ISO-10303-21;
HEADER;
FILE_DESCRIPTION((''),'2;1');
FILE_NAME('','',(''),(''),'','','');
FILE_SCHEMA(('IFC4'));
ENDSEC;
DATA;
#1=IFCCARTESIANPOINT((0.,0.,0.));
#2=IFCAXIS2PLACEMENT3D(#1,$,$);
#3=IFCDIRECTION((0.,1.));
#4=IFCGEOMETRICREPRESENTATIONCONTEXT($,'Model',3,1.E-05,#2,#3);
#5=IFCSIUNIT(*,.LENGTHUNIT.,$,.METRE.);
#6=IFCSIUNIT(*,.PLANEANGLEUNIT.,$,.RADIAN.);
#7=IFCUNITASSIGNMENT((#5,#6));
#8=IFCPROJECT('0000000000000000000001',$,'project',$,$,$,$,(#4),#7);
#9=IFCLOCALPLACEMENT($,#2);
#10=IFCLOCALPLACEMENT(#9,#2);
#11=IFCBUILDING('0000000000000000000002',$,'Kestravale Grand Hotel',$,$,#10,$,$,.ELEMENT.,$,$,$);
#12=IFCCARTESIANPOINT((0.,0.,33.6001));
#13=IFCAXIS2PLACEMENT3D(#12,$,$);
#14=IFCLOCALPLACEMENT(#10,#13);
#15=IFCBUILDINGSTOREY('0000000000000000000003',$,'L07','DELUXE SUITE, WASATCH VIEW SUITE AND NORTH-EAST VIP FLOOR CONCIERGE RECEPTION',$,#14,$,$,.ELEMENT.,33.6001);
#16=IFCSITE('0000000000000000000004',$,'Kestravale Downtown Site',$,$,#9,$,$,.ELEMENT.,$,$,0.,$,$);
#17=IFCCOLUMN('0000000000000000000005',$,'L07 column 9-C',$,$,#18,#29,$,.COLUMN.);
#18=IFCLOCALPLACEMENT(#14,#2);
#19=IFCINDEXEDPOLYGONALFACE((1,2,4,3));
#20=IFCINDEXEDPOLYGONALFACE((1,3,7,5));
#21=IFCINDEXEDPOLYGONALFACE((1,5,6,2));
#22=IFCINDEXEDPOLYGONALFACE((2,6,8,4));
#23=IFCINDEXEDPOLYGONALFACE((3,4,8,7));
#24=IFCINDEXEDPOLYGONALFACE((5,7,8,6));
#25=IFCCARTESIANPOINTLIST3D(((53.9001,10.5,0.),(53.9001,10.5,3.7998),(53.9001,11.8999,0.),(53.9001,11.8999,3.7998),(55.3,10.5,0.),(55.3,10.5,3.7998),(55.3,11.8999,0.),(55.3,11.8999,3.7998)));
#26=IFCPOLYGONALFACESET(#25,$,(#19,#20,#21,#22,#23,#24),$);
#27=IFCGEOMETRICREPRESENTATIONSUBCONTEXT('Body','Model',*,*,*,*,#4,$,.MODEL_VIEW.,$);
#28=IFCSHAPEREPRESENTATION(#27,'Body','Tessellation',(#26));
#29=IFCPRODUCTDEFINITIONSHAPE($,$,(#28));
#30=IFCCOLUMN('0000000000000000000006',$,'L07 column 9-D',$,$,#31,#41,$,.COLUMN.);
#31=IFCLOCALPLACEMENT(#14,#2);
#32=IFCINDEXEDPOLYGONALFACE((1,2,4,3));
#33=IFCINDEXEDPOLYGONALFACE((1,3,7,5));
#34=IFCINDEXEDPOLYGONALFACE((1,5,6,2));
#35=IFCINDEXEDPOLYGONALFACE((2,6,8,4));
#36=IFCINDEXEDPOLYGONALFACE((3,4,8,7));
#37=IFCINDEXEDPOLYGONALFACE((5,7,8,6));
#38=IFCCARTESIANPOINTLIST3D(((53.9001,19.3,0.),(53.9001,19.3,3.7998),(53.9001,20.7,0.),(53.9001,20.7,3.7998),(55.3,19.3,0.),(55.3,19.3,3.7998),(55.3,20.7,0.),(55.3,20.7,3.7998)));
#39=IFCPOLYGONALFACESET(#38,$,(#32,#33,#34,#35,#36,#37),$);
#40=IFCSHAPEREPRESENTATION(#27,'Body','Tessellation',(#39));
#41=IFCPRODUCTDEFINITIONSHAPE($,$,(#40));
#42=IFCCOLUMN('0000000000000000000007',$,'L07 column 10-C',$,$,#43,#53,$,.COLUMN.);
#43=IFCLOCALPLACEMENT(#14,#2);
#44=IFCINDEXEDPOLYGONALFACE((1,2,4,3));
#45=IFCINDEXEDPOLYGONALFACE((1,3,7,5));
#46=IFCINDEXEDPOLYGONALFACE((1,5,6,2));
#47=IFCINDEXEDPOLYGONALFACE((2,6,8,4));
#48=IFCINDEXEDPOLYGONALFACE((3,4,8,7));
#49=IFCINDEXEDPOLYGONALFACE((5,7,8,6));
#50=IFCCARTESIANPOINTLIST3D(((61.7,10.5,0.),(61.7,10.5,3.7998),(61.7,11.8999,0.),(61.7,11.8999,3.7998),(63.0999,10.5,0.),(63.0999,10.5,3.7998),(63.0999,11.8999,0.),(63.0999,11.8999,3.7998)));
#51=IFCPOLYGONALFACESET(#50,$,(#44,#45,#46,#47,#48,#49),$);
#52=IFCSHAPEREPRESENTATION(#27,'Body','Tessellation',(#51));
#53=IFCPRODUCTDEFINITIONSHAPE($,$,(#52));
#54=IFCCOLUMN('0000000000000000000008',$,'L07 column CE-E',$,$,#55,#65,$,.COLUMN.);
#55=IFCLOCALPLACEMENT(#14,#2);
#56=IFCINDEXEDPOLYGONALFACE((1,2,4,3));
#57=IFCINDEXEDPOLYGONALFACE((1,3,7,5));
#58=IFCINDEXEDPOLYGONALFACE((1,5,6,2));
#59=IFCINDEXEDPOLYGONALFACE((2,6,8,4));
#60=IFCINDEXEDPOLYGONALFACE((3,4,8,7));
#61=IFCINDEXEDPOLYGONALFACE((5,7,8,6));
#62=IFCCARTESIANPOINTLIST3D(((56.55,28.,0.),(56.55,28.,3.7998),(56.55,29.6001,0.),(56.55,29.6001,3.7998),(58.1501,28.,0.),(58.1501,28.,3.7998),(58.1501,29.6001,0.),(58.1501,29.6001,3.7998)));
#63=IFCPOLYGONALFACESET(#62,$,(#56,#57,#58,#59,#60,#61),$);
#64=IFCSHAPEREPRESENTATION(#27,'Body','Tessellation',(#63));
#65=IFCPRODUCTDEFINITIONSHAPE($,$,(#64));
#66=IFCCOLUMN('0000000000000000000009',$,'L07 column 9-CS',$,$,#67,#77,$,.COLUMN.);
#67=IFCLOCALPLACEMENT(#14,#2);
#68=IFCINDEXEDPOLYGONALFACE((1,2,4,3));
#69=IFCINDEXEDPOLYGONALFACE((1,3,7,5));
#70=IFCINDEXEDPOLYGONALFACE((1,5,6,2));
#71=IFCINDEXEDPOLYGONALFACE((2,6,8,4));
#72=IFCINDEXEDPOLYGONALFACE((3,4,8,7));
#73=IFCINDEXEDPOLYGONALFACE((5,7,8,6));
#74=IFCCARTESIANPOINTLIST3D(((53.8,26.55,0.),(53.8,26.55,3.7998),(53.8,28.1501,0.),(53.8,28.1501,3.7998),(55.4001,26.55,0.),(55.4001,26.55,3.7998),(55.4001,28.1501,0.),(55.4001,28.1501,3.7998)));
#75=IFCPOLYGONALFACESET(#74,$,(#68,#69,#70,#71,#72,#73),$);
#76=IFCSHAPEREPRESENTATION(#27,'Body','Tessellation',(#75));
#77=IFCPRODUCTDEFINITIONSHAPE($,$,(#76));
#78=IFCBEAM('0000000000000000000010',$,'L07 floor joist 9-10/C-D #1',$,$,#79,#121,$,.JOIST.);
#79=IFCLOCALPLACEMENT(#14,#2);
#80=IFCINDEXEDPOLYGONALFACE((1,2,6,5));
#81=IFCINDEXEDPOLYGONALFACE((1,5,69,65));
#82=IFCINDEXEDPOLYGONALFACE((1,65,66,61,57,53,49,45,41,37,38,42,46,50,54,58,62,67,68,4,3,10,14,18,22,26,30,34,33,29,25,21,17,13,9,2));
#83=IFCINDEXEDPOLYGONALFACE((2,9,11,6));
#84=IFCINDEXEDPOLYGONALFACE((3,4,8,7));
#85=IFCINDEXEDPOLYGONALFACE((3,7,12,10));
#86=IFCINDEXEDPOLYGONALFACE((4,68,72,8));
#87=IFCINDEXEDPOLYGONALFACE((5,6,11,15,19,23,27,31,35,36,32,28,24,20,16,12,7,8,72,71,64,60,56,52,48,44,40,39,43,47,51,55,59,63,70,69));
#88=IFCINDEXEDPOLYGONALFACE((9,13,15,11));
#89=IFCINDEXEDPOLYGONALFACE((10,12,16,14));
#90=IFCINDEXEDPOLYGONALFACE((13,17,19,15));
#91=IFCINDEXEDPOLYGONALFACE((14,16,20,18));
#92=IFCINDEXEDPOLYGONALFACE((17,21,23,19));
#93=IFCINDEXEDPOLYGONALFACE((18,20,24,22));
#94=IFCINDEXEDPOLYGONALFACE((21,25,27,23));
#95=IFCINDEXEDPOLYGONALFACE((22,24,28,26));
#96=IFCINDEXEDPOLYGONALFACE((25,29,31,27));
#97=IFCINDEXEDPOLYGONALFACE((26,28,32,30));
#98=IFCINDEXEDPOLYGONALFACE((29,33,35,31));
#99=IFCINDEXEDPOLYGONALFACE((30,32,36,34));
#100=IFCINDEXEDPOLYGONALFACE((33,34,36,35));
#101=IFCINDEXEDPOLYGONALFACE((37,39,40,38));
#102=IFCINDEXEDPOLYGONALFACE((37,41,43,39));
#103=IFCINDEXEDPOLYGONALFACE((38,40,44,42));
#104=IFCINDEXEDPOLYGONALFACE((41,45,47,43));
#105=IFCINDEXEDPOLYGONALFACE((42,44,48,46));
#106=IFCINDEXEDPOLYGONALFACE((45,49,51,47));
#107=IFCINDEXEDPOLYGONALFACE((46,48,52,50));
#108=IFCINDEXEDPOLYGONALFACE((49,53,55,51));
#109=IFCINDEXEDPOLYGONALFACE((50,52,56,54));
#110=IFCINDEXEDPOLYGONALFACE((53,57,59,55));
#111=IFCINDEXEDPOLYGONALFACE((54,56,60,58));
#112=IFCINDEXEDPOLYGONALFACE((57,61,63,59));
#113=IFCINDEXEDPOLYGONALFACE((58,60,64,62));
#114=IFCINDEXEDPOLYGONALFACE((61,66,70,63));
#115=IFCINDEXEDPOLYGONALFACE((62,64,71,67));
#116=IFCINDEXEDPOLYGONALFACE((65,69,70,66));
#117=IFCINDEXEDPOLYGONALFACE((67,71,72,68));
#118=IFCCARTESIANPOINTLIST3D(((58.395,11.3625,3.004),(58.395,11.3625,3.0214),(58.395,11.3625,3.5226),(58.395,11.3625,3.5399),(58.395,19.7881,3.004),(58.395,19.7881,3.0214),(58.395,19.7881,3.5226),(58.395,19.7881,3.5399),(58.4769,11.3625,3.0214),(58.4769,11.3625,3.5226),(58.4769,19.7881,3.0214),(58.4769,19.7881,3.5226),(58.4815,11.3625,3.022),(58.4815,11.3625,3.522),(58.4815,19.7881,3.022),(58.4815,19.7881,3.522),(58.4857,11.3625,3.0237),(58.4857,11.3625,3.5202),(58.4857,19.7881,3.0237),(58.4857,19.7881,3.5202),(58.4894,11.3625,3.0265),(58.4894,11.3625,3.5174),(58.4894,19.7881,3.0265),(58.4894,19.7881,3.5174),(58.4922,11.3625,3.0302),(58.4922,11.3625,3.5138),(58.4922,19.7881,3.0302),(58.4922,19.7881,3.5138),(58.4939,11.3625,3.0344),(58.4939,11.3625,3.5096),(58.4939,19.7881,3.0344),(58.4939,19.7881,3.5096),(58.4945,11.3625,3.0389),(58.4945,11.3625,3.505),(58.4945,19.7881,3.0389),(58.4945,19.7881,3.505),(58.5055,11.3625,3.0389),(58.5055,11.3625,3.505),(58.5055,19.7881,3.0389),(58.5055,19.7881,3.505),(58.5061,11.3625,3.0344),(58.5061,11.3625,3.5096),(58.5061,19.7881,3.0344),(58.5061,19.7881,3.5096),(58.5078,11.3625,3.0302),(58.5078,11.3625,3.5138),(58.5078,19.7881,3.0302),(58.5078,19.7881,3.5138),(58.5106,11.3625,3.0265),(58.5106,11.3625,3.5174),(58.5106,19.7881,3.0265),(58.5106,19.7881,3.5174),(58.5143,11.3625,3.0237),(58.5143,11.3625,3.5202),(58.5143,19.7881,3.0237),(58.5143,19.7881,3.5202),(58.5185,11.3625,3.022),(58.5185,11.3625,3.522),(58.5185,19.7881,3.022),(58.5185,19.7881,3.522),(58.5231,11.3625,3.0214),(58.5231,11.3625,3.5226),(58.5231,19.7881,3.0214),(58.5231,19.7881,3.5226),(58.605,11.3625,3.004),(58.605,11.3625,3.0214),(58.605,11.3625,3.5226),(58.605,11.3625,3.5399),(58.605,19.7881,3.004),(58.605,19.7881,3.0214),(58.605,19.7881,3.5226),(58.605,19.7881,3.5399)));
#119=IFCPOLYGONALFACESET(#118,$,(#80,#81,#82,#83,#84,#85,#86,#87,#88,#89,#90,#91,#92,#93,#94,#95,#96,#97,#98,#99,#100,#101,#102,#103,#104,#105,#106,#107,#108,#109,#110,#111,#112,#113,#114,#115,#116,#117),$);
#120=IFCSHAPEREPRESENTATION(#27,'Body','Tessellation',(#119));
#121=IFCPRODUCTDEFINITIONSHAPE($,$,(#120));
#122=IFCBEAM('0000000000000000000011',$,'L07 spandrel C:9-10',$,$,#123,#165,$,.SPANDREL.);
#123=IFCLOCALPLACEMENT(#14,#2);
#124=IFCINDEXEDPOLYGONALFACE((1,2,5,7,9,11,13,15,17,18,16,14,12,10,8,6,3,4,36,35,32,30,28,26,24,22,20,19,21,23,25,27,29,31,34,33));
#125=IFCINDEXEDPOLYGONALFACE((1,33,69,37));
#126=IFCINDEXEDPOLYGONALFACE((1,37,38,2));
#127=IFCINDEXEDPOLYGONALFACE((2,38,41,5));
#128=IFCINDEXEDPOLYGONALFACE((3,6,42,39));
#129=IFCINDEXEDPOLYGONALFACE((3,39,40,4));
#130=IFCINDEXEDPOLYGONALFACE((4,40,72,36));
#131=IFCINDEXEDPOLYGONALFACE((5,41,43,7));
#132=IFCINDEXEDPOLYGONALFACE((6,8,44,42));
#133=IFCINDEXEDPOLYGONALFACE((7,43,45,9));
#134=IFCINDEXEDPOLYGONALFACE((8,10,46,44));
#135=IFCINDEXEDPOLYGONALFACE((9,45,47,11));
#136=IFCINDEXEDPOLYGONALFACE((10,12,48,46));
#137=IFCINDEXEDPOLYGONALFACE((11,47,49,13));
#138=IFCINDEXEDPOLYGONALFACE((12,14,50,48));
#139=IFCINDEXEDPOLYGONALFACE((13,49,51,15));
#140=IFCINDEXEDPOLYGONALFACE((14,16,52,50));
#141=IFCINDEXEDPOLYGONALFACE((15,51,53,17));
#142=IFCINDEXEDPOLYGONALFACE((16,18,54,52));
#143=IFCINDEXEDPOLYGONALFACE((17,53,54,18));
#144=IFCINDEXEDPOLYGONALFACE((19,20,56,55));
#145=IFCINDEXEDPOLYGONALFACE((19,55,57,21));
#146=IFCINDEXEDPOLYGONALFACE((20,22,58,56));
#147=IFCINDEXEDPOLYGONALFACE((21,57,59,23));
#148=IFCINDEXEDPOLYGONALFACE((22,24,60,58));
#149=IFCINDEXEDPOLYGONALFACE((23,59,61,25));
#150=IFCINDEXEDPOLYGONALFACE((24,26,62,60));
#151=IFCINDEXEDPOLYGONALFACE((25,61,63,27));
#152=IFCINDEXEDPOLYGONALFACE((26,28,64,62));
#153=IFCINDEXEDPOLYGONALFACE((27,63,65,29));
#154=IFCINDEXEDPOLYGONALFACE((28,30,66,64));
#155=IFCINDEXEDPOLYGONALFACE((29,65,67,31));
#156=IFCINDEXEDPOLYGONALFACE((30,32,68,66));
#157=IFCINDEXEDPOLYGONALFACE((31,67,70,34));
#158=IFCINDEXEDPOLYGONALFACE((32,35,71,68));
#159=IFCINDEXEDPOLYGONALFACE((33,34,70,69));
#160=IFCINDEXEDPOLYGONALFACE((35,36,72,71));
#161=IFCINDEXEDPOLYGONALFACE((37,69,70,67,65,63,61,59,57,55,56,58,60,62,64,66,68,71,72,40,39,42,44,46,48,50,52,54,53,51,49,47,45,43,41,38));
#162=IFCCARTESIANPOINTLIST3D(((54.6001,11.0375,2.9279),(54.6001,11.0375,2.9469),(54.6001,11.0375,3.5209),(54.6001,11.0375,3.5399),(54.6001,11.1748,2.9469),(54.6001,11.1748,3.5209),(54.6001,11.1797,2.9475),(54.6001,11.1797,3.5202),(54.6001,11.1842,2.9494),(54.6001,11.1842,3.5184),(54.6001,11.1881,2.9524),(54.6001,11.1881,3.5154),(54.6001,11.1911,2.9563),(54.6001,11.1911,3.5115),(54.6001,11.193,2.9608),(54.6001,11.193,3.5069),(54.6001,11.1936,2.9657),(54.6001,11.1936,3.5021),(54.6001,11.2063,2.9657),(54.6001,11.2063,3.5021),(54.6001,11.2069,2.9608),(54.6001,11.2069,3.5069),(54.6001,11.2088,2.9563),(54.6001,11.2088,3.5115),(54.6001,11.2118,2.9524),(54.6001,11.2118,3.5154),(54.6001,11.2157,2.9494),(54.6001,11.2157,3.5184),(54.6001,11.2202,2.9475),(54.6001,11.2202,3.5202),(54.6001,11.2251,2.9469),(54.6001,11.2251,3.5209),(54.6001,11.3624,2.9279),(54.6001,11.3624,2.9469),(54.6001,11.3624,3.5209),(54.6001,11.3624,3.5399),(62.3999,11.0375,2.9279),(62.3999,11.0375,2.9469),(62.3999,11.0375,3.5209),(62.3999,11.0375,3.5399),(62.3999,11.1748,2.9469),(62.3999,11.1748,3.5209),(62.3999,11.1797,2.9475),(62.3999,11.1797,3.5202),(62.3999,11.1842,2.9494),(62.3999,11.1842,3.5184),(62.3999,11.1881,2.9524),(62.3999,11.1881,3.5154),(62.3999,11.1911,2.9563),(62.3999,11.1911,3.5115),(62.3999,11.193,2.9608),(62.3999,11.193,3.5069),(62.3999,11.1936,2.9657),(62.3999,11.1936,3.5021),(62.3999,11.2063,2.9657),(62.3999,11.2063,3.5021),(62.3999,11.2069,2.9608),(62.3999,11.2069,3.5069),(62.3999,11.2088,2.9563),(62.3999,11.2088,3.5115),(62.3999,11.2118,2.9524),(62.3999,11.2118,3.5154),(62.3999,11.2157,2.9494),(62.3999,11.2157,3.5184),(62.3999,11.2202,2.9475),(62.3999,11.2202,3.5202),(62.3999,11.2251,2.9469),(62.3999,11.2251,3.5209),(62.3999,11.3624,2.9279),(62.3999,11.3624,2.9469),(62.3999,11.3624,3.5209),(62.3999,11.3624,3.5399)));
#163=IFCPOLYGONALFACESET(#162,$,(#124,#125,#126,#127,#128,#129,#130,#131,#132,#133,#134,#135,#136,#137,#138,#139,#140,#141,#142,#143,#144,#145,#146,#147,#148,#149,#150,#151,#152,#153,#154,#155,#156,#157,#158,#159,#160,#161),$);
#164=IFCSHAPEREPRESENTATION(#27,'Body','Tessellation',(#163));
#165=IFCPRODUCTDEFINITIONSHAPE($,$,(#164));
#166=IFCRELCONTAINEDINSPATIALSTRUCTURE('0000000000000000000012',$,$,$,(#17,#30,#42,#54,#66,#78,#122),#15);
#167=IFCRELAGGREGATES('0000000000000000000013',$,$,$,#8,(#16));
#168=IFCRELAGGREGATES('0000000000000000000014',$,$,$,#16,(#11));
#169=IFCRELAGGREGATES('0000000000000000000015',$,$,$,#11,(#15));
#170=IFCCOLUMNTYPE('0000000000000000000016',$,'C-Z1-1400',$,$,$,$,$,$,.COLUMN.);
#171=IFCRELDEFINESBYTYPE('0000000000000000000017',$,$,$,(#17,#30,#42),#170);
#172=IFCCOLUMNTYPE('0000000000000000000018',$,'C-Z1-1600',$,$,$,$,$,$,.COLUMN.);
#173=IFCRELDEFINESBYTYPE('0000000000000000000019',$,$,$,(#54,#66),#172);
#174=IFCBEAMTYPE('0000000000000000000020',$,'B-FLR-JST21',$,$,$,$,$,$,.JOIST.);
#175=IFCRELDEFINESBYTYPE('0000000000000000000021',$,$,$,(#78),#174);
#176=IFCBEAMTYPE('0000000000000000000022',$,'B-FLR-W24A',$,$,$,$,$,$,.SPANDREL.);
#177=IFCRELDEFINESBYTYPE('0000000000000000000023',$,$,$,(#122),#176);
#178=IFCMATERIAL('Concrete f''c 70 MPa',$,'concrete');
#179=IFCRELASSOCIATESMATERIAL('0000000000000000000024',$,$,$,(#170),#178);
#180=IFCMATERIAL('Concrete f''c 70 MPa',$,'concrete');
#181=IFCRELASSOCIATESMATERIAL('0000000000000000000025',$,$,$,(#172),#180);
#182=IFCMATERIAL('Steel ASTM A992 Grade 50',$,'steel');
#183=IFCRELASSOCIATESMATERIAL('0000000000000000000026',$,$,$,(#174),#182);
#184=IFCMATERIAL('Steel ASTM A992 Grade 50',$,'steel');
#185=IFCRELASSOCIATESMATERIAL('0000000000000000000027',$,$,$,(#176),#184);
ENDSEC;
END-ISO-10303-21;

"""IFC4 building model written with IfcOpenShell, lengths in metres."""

from ifc_helpers import new_model, si_unit, direction, frame, origin, origin_2d, place, context, subcontext, project, spatial, rectangle, i_section, extrude, material, material_profile, profile_set, type_object, element, save


model = new_model("IFC4")

# Units and contexts
model_context = context("Model", 3, precision=1e-05, world=origin(), true_north=direction((0.0, 1.0)))
body_context = subcontext(model_context, "Body", "Model", "MODEL_VIEW")
ifc_project = project(units=[si_unit("LENGTHUNIT", "METRE"), si_unit("PLANEANGLEUNIT", "RADIAN")], contexts=[model_context])

# Site, building, storey
site_placement = place(None, origin())
site = spatial("IfcSite", under=ifc_project, at=site_placement, Name="Kestravale Downtown Site", CompositionType="ELEMENT", RefElevation=0.0)
building_placement = place(site_placement, origin())
building = spatial("IfcBuilding", under=site, at=building_placement, Name="Kestravale Grand Hotel", CompositionType="ELEMENT")
storey_placement = place(building_placement, frame((0.0, 0.0, 33.6001)))
storey = spatial("IfcBuildingStorey", under=building, at=storey_placement, Name="L07", Description="DELUXE SUITE, WASATCH VIEW SUITE AND NORTH-EAST VIP FLOOR CONCIERGE RECEPTION", CompositionType="ELEMENT", Elevation=33.6001)

# Columns
ifc_material_1 = material(Name="Concrete f'c 70 MPa", Category="concrete")
ifc_material_profile_1 = material_profile(ifc_material_1, rectangle(XDim=1.3999, YDim=1.3999, at=origin_2d()))
ifc_profile_set_1 = profile_set([ifc_material_profile_1], Name="Concrete f'c 70 MPa")
column_type_1 = type_object("IfcColumnType", Name="C-Z1-1400", PredefinedType="COLUMN", material=ifc_profile_set_1)
for number, where, z_axis, x_axis, name in (
    (1, (54.6001, 11.2, 0.0), (0.0, 0.0, 1.0), (1.0, 0.0, 0.0), "L07 column 9-C"),
    (2, (54.6001, 20.0, 0.0), (0.0, 0.0, 1.0), (1.0, 0.0, 0.0), "L07 column 9-D"),
    (3, (62.3999, 11.2, 0.0), (0.0, 0.0, 1.0), (1.0, 0.0, 0.0), "L07 column 10-C"),
):
    element("IfcColumn", number, at=place(storey_placement, frame(where, z_axis=z_axis, x_axis=x_axis)), inside=storey, type_object=column_type_1, Name=name, PredefinedType="COLUMN", context=body_context, shape_type="SweptSolid", body=[
        extrude(rectangle(XDim=1.3999, YDim=1.3999, at=origin_2d()), origin(), (0.0, 0.0, 1.0), 3.7998),
    ])
ifc_material_2 = material(Name="Concrete f'c 70 MPa", Category="concrete")
ifc_material_profile_2 = material_profile(ifc_material_2, rectangle(XDim=1.6001, YDim=1.6001, at=origin_2d()))
ifc_profile_set_2 = profile_set([ifc_material_profile_2], Name="Concrete f'c 70 MPa")
column_type_2 = type_object("IfcColumnType", Name="C-Z1-1600", PredefinedType="COLUMN", material=ifc_profile_set_2)
for number, where, z_axis, x_axis, name in (
    (4, (57.3501, 28.8, 0.0), (0.0, 0.0, 1.0), (1.0, 0.0, 0.0), "L07 column CE-E"),
    (5, (54.6001, 27.3501, 0.0), (0.0, 0.0, 1.0), (1.0, 0.0, 0.0), "L07 column 9-CS"),
):
    element("IfcColumn", number, at=place(storey_placement, frame(where, z_axis=z_axis, x_axis=x_axis)), inside=storey, type_object=column_type_2, Name=name, PredefinedType="COLUMN", context=body_context, shape_type="SweptSolid", body=[
        extrude(rectangle(XDim=1.6001, YDim=1.6001, at=origin_2d()), origin(), (0.0, 0.0, 1.0), 3.7998),
    ])

# Beams
ifc_material_3 = material(Name="Steel ASTM A992 Grade 50", Category="steel")
ifc_material_profile_3 = material_profile(ifc_material_3, i_section(OverallWidth=0.21, OverallDepth=0.5359, WebThickness=0.011, FlangeThickness=0.0173, FilletRadius=0.0176, at=origin_2d()))
ifc_profile_set_3 = profile_set([ifc_material_profile_3], Name="Steel ASTM A992 Grade 50")
beam_type_1 = type_object("IfcBeamType", Name="B-FLR-JST21", PredefinedType="JOIST", material=ifc_profile_set_3)
beam_1_placement = place(storey_placement, frame((58.5, 11.3625, 3.272), z_axis=(0.0, 1.0, 0.0), x_axis=(-1.0, 0.0, 0.0)))
element("IfcBeam", 6, at=beam_1_placement, inside=storey, type_object=beam_type_1, Name="L07 floor joist 9-10/C-D #1", PredefinedType="JOIST", context=body_context, shape_type="SweptSolid", body=[
    extrude(i_section(OverallWidth=0.21, OverallDepth=0.5359, WebThickness=0.011, FlangeThickness=0.0173, FilletRadius=0.0176, at=origin_2d()), origin(), (0.0, 0.0, 1.0), 8.4255),
])
ifc_material_4 = material(Name="Steel ASTM A992 Grade 50", Category="steel")
ifc_material_profile_4 = material_profile(ifc_material_4, i_section(OverallWidth=0.325, OverallDepth=0.6121, WebThickness=0.0127, FlangeThickness=0.019, FilletRadius=0.0188, at=origin_2d()))
ifc_profile_set_4 = profile_set([ifc_material_profile_4], Name="Steel ASTM A992 Grade 50")
beam_type_2 = type_object("IfcBeamType", Name="B-FLR-W24A", PredefinedType="SPANDREL", material=ifc_profile_set_4)
beam_2_placement = place(storey_placement, frame((54.6001, 11.2, 3.2339), z_axis=(1.0, 0.0, 0.0), x_axis=(0.0, 1.0, 0.0)))
element("IfcBeam", 7, at=beam_2_placement, inside=storey, type_object=beam_type_2, Name="L07 spandrel C:9-10", PredefinedType="SPANDREL", context=body_context, shape_type="SweptSolid", body=[
    extrude(i_section(OverallWidth=0.325, OverallDepth=0.6121, WebThickness=0.0127, FlangeThickness=0.019, FilletRadius=0.0188, at=origin_2d()), origin(), (0.0, 0.0, 1.0), 7.7998),
])

save(model, "model.ifc")
